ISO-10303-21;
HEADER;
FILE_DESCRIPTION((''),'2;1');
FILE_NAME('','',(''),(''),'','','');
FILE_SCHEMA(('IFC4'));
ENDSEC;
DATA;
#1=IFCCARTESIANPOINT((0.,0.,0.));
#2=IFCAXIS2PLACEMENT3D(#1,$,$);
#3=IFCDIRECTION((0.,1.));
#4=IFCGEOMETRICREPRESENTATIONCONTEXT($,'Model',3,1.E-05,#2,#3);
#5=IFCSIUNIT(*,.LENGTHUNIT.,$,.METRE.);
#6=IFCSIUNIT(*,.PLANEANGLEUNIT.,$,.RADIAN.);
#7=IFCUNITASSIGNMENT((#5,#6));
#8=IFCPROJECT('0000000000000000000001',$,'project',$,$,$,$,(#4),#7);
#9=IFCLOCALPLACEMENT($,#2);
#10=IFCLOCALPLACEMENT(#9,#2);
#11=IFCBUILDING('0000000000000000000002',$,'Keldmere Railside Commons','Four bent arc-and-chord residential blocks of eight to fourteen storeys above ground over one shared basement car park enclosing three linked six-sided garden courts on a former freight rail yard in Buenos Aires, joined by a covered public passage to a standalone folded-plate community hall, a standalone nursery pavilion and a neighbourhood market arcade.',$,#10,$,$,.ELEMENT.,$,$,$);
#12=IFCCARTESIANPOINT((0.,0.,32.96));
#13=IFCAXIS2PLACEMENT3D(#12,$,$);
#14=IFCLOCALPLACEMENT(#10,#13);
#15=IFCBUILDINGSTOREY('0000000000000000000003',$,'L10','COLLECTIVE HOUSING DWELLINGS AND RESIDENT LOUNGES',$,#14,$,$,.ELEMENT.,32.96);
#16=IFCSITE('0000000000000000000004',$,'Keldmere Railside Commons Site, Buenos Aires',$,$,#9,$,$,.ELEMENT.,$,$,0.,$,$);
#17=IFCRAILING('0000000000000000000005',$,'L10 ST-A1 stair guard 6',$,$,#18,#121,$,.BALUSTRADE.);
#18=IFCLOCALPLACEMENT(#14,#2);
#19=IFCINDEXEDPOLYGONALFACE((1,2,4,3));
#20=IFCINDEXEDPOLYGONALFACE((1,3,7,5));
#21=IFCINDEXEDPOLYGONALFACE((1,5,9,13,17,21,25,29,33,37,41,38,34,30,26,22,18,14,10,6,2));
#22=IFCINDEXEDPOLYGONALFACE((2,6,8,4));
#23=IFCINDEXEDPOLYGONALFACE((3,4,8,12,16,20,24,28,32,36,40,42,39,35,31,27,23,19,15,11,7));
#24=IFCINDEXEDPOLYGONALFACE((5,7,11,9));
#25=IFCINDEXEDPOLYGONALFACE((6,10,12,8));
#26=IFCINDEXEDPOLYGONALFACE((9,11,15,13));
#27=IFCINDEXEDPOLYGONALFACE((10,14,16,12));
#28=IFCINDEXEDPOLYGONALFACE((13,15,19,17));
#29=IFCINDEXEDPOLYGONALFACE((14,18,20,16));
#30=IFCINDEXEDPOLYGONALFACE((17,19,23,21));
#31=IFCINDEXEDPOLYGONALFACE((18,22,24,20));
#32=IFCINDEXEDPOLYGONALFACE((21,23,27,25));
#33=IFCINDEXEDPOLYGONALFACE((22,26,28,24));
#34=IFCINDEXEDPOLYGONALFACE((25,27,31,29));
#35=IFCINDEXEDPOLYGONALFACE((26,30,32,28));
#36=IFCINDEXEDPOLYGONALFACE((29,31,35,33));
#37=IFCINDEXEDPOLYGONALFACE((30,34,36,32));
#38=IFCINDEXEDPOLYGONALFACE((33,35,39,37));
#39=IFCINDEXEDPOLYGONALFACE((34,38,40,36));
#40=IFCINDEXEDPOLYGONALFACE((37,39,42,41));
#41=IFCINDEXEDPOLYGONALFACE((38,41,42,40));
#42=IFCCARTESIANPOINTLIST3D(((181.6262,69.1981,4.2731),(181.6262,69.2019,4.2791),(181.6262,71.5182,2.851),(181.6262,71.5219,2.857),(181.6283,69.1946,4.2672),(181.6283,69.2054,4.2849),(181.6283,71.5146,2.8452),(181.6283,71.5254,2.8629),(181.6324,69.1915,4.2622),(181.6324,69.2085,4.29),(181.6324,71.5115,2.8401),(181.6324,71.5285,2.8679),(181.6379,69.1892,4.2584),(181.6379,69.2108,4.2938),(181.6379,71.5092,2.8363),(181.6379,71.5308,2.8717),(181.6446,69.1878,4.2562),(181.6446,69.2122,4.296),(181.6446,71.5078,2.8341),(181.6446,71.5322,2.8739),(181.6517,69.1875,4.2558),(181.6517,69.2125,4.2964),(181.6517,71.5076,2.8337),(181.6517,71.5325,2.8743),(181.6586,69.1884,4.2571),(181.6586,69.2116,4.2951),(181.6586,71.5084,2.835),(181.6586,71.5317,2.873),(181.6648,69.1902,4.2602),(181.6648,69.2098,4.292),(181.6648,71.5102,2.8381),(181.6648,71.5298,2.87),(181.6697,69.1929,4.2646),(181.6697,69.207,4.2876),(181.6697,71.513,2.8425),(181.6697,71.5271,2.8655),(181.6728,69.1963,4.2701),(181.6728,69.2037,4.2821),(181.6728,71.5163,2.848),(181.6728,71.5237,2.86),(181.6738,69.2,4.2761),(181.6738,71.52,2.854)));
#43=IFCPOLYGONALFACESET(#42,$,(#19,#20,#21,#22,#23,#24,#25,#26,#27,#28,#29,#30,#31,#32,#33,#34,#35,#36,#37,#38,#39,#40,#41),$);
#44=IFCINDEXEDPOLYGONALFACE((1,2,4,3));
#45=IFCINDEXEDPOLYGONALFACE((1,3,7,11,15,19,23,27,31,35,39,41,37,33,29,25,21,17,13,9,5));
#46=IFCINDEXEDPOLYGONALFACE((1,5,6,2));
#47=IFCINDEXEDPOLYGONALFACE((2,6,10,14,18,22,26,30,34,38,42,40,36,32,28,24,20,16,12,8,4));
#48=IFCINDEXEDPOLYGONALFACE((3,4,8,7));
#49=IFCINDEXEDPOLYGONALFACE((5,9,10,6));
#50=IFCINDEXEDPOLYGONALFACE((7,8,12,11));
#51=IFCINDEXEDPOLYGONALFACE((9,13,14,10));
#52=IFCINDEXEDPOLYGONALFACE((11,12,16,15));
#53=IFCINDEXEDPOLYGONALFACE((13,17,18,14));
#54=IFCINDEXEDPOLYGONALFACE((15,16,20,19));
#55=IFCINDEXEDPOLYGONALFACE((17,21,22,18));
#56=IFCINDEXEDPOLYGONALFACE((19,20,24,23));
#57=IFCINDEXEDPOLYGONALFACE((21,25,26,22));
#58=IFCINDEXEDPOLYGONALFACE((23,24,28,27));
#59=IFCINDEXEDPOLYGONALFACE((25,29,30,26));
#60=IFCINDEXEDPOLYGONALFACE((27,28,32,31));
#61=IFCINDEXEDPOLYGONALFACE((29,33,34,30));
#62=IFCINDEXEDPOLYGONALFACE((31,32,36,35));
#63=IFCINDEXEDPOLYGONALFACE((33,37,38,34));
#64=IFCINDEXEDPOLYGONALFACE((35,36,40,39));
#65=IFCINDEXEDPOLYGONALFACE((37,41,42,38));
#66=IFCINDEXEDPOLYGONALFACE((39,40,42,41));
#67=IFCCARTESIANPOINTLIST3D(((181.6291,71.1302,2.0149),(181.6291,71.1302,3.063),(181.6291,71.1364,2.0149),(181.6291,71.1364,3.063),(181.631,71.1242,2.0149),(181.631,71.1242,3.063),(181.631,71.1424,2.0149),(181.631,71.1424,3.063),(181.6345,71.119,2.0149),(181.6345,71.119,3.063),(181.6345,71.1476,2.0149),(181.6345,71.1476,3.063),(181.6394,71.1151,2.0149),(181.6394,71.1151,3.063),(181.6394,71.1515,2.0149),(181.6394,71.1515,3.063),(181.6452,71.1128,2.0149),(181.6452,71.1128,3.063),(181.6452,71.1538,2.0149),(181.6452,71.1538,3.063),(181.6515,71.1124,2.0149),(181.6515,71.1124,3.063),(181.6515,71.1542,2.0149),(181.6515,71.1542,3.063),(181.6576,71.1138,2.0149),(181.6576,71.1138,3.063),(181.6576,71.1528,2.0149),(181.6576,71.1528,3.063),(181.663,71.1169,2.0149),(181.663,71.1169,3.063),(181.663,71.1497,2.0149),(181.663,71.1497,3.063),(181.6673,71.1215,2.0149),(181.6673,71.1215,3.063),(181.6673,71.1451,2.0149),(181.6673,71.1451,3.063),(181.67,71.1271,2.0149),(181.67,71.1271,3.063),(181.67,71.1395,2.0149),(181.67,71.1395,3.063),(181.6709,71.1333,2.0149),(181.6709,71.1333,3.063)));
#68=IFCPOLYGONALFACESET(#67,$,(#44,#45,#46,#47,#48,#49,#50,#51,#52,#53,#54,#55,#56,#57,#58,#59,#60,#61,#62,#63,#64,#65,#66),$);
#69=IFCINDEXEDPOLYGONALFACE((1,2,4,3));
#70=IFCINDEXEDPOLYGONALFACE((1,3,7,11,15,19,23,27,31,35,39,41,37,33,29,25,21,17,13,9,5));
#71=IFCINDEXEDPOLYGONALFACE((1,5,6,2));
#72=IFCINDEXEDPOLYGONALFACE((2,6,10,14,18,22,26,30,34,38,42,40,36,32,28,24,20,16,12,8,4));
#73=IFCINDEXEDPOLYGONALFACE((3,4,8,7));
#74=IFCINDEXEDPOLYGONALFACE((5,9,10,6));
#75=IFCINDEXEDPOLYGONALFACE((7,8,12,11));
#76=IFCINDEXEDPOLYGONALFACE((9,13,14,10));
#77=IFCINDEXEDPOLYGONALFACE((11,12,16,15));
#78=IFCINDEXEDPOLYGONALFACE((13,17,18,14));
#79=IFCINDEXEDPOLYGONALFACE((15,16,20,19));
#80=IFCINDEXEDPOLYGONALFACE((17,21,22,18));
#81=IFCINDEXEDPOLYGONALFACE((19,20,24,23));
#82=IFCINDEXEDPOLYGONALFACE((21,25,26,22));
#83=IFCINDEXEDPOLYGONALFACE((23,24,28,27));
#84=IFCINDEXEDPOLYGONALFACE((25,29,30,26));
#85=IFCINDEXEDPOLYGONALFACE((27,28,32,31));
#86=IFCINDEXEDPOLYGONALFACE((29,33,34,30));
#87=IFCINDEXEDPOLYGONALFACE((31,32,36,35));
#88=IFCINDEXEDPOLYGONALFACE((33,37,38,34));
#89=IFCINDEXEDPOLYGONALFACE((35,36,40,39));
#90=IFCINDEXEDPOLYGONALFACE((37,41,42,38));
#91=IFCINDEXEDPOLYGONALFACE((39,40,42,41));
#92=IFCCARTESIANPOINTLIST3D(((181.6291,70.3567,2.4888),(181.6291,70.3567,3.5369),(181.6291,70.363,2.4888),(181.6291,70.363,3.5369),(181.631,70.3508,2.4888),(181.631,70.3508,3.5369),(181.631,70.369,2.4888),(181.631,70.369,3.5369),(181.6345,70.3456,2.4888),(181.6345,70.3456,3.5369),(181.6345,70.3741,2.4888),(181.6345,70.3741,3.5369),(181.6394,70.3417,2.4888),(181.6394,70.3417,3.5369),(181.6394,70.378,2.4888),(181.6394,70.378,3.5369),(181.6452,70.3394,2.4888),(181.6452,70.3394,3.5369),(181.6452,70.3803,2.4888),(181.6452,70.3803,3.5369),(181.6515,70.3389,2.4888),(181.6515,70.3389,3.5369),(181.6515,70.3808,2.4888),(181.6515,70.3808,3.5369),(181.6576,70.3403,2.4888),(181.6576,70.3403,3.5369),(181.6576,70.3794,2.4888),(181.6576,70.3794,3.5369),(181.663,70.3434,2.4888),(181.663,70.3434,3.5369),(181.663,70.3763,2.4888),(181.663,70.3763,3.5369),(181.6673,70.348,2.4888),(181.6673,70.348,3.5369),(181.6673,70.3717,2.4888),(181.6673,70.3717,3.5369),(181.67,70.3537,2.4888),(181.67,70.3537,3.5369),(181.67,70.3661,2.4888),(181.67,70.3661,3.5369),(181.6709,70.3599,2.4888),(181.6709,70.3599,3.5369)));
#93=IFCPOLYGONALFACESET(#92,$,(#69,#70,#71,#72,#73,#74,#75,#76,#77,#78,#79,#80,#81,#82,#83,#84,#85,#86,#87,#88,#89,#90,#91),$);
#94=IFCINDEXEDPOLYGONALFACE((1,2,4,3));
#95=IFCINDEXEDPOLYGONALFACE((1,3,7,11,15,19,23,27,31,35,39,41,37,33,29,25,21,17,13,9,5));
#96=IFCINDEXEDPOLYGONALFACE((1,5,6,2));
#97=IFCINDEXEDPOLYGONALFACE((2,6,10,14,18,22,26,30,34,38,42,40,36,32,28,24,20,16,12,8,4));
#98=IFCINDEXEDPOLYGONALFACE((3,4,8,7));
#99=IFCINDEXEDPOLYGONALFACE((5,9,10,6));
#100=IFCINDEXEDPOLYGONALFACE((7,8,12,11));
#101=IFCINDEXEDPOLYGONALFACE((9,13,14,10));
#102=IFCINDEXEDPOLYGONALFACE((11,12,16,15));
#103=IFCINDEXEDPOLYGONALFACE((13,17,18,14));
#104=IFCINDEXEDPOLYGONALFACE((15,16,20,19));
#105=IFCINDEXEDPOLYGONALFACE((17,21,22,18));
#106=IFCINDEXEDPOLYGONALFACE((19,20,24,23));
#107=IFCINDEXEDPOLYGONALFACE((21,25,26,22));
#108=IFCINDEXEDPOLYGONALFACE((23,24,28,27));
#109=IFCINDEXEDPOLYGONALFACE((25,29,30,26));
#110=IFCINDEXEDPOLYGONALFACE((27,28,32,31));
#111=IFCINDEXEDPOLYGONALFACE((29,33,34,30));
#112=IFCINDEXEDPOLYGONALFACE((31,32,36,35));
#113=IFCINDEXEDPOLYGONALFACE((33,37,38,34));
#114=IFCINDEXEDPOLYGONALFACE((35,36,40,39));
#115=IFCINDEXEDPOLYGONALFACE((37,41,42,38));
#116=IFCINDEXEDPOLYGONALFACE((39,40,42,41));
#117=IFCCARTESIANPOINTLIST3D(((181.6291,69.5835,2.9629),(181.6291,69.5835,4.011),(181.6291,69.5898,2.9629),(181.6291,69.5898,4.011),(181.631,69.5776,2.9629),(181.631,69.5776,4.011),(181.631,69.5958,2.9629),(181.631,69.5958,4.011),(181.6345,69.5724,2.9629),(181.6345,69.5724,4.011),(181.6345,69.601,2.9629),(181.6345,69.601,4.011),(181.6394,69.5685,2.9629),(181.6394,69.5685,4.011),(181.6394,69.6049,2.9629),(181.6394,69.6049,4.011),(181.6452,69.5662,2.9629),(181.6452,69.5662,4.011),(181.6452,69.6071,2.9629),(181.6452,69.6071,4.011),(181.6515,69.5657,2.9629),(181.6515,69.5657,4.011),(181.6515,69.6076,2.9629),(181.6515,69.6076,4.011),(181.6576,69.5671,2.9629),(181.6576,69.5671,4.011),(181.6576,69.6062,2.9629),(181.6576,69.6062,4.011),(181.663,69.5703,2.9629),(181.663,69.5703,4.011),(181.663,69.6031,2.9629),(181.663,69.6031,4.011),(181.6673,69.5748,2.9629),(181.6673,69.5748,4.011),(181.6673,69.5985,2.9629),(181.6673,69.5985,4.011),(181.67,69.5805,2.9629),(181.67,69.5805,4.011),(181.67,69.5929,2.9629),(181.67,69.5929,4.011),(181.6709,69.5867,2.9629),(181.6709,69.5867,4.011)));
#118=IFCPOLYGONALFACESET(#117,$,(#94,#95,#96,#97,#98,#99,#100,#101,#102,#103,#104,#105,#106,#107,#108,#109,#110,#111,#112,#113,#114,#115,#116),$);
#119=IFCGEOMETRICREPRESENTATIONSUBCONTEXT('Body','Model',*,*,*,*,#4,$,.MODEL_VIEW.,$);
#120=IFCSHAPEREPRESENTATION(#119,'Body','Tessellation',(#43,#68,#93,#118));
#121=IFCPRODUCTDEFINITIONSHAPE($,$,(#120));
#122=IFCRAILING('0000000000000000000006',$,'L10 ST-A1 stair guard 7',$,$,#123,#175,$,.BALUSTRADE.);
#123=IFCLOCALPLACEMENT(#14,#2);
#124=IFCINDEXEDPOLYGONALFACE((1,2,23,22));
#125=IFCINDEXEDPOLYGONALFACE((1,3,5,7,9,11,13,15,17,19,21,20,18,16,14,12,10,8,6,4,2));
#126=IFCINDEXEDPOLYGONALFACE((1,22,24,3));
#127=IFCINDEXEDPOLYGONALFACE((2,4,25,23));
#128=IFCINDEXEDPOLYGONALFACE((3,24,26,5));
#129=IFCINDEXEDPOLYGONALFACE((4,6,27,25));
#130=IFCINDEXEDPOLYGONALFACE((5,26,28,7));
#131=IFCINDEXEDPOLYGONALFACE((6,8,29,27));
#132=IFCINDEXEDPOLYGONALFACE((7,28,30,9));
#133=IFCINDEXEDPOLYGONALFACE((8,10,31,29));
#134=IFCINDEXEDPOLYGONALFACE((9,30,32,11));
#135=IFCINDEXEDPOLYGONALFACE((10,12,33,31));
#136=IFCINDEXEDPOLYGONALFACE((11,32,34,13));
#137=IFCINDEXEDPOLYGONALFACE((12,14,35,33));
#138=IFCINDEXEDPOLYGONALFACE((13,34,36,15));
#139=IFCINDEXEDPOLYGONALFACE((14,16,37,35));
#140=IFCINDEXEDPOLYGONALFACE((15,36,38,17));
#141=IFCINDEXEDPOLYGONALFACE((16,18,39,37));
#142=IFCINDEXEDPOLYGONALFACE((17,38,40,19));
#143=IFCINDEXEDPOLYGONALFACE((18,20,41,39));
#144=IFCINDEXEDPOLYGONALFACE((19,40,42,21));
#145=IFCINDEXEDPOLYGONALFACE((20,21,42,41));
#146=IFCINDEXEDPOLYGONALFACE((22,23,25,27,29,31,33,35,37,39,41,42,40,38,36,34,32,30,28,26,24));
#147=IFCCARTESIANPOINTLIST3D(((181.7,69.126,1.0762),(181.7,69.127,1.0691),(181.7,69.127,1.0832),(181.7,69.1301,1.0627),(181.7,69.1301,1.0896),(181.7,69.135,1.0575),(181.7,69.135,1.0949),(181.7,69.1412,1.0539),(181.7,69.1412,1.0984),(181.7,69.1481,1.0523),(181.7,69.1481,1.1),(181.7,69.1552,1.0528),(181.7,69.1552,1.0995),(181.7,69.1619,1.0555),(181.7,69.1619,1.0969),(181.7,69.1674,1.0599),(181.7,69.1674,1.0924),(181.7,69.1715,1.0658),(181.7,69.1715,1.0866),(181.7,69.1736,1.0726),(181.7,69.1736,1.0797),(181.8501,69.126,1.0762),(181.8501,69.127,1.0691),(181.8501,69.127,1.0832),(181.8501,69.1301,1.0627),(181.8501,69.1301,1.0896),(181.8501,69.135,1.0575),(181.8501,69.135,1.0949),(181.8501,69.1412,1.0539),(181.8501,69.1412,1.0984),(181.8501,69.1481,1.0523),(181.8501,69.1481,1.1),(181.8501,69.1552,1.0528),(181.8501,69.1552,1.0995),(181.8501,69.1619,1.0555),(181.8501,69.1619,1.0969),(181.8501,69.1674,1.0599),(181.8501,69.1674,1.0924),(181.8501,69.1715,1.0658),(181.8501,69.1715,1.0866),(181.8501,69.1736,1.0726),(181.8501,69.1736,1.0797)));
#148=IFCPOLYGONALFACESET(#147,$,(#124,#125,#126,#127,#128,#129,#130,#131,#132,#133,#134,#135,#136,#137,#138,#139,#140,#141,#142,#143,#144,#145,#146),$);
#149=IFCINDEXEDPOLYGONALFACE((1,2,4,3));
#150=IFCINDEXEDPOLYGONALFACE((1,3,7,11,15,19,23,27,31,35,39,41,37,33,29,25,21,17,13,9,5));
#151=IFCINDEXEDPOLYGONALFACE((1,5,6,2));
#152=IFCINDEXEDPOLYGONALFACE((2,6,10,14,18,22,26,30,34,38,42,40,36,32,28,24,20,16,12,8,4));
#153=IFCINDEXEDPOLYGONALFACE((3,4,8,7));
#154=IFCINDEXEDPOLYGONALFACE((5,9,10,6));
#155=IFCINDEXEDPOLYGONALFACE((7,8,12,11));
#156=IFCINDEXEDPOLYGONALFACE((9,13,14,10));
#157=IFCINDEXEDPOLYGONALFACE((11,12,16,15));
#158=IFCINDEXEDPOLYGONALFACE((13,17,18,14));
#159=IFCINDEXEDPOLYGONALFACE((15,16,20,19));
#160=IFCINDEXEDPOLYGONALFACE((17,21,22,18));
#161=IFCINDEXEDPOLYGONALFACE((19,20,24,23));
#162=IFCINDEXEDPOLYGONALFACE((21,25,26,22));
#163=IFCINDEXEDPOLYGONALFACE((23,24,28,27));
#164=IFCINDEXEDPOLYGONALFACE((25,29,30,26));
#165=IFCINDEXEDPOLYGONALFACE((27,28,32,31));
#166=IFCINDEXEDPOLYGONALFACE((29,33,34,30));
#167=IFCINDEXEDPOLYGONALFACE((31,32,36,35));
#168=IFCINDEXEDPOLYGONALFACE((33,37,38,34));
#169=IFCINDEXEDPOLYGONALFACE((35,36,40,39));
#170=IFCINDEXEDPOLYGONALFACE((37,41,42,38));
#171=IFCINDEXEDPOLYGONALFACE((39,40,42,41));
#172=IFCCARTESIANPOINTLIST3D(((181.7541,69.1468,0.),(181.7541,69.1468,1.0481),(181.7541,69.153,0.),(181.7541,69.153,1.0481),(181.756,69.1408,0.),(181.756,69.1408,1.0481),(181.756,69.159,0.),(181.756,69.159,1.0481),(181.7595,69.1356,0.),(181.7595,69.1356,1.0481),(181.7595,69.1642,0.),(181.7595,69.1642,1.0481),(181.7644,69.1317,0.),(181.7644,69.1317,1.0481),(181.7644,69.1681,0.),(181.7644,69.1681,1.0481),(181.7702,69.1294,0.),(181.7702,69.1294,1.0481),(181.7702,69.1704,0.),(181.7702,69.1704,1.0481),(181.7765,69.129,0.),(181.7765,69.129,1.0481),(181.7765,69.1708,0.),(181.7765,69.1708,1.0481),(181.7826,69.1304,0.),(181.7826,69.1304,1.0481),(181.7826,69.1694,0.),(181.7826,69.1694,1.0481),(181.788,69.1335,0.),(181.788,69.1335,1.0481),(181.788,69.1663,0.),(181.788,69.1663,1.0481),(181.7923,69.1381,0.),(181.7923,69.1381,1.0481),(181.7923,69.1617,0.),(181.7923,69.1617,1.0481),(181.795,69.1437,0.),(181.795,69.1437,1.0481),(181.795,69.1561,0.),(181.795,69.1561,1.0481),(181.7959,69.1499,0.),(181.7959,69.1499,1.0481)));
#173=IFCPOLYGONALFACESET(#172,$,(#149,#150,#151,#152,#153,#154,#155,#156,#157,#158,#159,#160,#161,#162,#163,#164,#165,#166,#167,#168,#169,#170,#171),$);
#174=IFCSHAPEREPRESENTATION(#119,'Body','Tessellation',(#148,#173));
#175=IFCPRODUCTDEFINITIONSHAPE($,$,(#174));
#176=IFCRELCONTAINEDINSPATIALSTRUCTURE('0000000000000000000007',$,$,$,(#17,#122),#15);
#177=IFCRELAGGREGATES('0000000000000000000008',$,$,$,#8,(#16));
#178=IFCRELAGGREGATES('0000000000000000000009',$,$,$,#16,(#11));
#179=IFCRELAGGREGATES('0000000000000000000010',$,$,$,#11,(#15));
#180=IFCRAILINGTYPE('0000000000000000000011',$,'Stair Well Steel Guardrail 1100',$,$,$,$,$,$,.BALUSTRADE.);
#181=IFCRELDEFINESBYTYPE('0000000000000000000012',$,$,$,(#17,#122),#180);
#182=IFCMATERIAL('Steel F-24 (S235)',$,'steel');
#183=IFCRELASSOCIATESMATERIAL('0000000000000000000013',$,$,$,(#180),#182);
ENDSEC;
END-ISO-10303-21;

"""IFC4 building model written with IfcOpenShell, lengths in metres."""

from ifc_helpers import new_model, si_unit, direction, frame, origin, origin_2d, place, context, subcontext, project, spatial, circle, extrude, material, type_object, element, save


model = new_model("IFC4")

# Units and contexts
model_context = context("Model", 3, precision=1e-05, world=origin(), true_north=direction((0.0, 1.0)))
body_context = subcontext(model_context, "Body", "Model", "MODEL_VIEW")
ifc_project = project(units=[si_unit("LENGTHUNIT", "METRE"), si_unit("PLANEANGLEUNIT", "RADIAN")], contexts=[model_context])

# Site, building, storey
site_placement = place(None, origin())
site = spatial("IfcSite", under=ifc_project, at=site_placement, Name="Keldmere Railside Commons Site, Buenos Aires", CompositionType="ELEMENT", RefElevation=0.0)
building_placement = place(site_placement, origin())
building = spatial("IfcBuilding", under=site, at=building_placement, Name="Keldmere Railside Commons", Description="Four bent arc-and-chord residential blocks of eight to fourteen storeys above ground over one shared basement car park enclosing three linked six-sided garden courts on a former freight rail yard in Buenos Aires, joined by a covered public passage to a standalone folded-plate community hall, a standalone nursery pavilion and a neighbourhood market arcade.", CompositionType="ELEMENT")
storey_placement = place(building_placement, frame((0.0, 0.0, 32.96)))
storey = spatial("IfcBuildingStorey", under=building, at=storey_placement, Name="L10", Description="COLLECTIVE HOUSING DWELLINGS AND RESIDENT LOUNGES", CompositionType="ELEMENT", Elevation=32.96)

# Shared definitions
ifc_material_1 = material(Name="Steel F-24 (S235)", Category="steel")

# Railings
railing_type_1 = type_object("IfcRailingType", Name="Stair Well Steel Guardrail 1100", PredefinedType="BALUSTRADE", material=ifc_material_1)
railing_1_placement = place(storey_placement, frame((181.6499, 71.52, 1.7778)))
element("IfcRailing", 1, at=railing_1_placement, inside=storey, type_object=railing_type_1, Name="L10 ST-A1 stair guard 6", PredefinedType="BALUSTRADE", context=body_context, shape_type="SweptSolid", body=[
    extrude(circle(Radius=0.0239, at=origin_2d()), frame((0.0, 0.0, 1.0762), z_axis=(0.0, -0.852578, 0.5226), x_axis=(1.0, 0.0, 0.0)), (0.0, 0.0, 1.0), 2.7212),
    extrude(circle(Radius=0.021, at=origin_2d()), frame((0.0, -0.3867, 0.2371)), (0.0, 0.0, 1.0), 1.0481),
    extrude(circle(Radius=0.021, at=origin_2d()), frame((0.0, -1.1602, 0.7109)), (0.0, 0.0, 1.0), 1.0481),
    extrude(circle(Radius=0.021, at=origin_2d()), frame((0.0, -1.9333, 1.1851)), (0.0, 0.0, 1.0), 1.0481),
])
railing_2_placement = place(storey_placement, frame((181.8501, 69.1499, 0.0)))
element("IfcRailing", 2, at=railing_2_placement, inside=storey, type_object=railing_type_1, Name="L10 ST-A1 stair guard 7", PredefinedType="BALUSTRADE", context=body_context, shape_type="SweptSolid", body=[
    extrude(circle(Radius=0.0239, at=origin_2d()), frame((0.0, 0.0, 1.0762), z_axis=(-1.0, 0.0, 0.0), x_axis=(0.0, -1.0, 0.0)), (0.0, 0.0, 1.0), 0.1501),
    extrude(circle(Radius=0.021, at=origin_2d()), frame((-0.0752, 0.0, 0.0)), (0.0, 0.0, 1.0), 1.0481),
])

save(model, "model.ifc")
